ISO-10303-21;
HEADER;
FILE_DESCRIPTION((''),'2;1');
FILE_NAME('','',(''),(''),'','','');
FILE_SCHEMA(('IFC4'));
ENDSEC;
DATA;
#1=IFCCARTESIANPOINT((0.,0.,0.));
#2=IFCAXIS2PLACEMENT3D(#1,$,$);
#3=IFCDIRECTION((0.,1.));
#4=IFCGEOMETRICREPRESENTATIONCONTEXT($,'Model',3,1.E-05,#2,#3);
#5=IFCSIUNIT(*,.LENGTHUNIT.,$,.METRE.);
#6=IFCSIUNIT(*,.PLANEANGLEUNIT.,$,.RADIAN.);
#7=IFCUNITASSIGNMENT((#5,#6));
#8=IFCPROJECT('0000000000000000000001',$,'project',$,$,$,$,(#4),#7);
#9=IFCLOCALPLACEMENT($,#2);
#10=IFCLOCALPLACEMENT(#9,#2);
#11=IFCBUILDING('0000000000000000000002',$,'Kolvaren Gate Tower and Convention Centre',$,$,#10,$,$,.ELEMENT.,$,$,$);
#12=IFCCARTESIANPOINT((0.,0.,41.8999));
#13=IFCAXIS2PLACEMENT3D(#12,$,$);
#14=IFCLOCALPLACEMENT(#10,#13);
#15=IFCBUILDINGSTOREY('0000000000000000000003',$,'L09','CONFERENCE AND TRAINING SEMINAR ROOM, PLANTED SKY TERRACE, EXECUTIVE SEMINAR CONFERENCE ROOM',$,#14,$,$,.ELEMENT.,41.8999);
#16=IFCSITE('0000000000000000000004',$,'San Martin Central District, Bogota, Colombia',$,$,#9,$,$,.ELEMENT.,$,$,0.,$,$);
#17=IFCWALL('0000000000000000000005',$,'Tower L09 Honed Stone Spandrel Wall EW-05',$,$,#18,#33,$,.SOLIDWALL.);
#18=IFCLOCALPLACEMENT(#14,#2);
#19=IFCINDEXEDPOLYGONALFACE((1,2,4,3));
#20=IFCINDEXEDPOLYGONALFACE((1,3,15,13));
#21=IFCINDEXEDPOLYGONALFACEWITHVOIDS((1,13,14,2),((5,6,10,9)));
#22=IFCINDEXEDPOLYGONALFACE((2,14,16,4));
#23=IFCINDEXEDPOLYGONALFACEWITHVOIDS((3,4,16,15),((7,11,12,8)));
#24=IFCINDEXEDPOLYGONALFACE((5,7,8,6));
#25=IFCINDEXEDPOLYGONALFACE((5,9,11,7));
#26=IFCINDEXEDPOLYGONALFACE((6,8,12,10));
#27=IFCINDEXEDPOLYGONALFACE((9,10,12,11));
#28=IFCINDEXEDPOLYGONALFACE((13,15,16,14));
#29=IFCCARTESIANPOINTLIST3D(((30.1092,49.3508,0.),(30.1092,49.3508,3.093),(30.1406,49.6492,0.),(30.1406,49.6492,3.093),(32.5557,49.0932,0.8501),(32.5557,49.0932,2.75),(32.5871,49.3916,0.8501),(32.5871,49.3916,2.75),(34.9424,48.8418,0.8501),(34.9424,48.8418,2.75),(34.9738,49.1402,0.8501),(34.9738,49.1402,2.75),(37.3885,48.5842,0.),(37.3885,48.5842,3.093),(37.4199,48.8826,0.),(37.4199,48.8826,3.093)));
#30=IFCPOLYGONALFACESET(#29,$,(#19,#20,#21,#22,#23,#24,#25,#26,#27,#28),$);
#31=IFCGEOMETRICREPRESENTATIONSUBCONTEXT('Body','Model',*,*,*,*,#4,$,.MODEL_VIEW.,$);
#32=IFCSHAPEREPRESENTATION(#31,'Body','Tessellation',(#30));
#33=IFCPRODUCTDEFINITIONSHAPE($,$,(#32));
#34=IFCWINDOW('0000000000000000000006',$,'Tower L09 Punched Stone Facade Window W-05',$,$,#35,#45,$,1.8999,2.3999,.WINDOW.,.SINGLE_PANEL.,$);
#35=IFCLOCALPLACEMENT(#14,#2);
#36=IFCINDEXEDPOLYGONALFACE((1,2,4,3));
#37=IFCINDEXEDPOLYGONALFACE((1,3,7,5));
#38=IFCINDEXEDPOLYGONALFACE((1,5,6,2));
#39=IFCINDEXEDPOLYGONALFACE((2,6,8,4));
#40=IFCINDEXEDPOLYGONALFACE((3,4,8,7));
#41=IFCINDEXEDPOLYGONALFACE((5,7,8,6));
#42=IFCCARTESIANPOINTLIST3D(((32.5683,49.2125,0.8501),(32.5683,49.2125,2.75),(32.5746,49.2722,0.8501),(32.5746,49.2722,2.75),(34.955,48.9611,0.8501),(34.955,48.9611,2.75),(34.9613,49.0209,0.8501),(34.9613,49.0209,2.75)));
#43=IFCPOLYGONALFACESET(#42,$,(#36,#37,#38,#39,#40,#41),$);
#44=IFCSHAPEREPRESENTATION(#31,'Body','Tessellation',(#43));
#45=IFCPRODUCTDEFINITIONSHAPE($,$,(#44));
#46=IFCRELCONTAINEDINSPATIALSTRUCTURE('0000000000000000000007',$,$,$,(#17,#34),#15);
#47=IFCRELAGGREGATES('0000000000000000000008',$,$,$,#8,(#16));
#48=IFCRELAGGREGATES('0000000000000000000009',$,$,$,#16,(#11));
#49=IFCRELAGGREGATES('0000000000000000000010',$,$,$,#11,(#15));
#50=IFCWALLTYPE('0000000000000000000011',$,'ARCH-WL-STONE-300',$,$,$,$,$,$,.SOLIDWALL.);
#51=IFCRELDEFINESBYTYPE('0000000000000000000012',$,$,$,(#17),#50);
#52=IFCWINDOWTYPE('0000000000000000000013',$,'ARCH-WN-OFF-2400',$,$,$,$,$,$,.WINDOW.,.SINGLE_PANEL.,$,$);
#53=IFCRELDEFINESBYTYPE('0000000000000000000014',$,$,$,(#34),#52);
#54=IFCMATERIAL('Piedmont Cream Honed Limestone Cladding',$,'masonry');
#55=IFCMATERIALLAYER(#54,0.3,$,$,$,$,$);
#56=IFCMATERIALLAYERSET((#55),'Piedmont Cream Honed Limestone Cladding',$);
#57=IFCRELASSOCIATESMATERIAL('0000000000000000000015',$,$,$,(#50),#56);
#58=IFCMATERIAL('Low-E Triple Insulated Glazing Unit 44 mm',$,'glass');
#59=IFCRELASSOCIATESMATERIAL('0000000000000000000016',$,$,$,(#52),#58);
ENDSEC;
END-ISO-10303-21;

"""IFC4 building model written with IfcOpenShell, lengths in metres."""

from ifc_helpers import new_model, si_unit, direction, frame, frame_2d, origin, place, context, subcontext, project, spatial, rectangle, extrude, material, layer, layer_set, type_object, element, fill, save


model = new_model("IFC4")

# Units and contexts
model_context = context("Model", 3, precision=1e-05, world=origin(), true_north=direction((0.0, 1.0)))
body_context = subcontext(model_context, "Body", "Model", "MODEL_VIEW")
ifc_project = project(units=[si_unit("LENGTHUNIT", "METRE"), si_unit("PLANEANGLEUNIT", "RADIAN")], contexts=[model_context])

# Site, building, storey
site_placement = place(None, origin())
site = spatial("IfcSite", under=ifc_project, at=site_placement, Name="San Martin Central District, Bogota, Colombia", CompositionType="ELEMENT", RefElevation=0.0)
building_placement = place(site_placement, origin())
building = spatial("IfcBuilding", under=site, at=building_placement, Name="Kolvaren Gate Tower and Convention Centre", CompositionType="ELEMENT")
storey_placement = place(building_placement, frame((0.0, 0.0, 41.8999)))
storey = spatial("IfcBuildingStorey", under=building, at=storey_placement, Name="L09", Description="CONFERENCE AND TRAINING SEMINAR ROOM, PLANTED SKY TERRACE, EXECUTIVE SEMINAR CONFERENCE ROOM", CompositionType="ELEMENT", Elevation=41.8999)

# Wall, opening, window
ifc_material_1 = material(Name="Piedmont Cream Honed Limestone Cladding", Category="masonry")
ifc_layer_1 = layer(ifc_material_1, 0.3)
ifc_layer_set_1 = layer_set([ifc_layer_1], Name="Piedmont Cream Honed Limestone Cladding")
wall_type_1 = type_object("IfcWallType", Name="ARCH-WL-STONE-300", PredefinedType="SOLIDWALL", material=ifc_layer_set_1)
ifc_material_2 = material(Name="Low-E Triple Insulated Glazing Unit 44 mm", Category="glass")
window_type = type_object("IfcWindowType", Name="ARCH-WN-OFF-2400", PartitioningType="SINGLE_PANEL", PredefinedType="WINDOW", material=ifc_material_2)
wall_1_placement = place(storey_placement, frame((30.125, 49.5, 0.0), z_axis=(0.0, 0.0, 1.0), x_axis=(0.9945, -0.104733, 0.0)))
wall_1 = element("IfcWall", 1, at=wall_1_placement, inside=storey, type_object=wall_type_1, Name="Tower L09 Honed Stone Spandrel Wall EW-05", PredefinedType="SOLIDWALL", context=body_context, shape_type="SweptSolid", body=[
    extrude(rectangle(XDim=7.3196, YDim=0.3, at=frame_2d((3.6597, 0.0))), origin(), (0.0, 0.0, 1.0), 3.093),
])
opening_1_placement = place(wall_1_placement, frame((2.46, 0.0, 0.8501)))
opening_1 = element("IfcOpeningElement", 2, at=opening_1_placement, cuts=wall_1, PredefinedType="OPENING", context=body_context, shape_type="SweptSolid", body=[
    extrude(rectangle(XDim=2.3999, YDim=1.8999, at=frame_2d((1.2, 0.95))), frame((0.0, 0.1599, 0.0), z_axis=(0.0, -1.0, 0.0), x_axis=(1.0, 0.0, 0.0)), (0.0, 0.0, 1.0), 0.3201),
])
window_1_placement = place(opening_1_placement, origin())
window_1 = element("IfcWindow", 3, at=window_1_placement, inside=storey, type_object=window_type, Name="Tower L09 Punched Stone Facade Window W-05", OverallHeight=1.8999, OverallWidth=2.3999, PartitioningType="SINGLE_PANEL", PredefinedType="WINDOW", context=body_context, shape_type="SweptSolid", body=[
    extrude(rectangle(XDim=2.3999, YDim=1.8999, at=frame_2d((1.2, 0.95))), frame((0.0, 0.03, 0.0), z_axis=(0.0, -1.0, 0.0), x_axis=(1.0, 0.0, 0.0)), (0.0, 0.0, 1.0), 0.0601),
])
fill(opening_1, window_1)

save(model, "model.ifc")
